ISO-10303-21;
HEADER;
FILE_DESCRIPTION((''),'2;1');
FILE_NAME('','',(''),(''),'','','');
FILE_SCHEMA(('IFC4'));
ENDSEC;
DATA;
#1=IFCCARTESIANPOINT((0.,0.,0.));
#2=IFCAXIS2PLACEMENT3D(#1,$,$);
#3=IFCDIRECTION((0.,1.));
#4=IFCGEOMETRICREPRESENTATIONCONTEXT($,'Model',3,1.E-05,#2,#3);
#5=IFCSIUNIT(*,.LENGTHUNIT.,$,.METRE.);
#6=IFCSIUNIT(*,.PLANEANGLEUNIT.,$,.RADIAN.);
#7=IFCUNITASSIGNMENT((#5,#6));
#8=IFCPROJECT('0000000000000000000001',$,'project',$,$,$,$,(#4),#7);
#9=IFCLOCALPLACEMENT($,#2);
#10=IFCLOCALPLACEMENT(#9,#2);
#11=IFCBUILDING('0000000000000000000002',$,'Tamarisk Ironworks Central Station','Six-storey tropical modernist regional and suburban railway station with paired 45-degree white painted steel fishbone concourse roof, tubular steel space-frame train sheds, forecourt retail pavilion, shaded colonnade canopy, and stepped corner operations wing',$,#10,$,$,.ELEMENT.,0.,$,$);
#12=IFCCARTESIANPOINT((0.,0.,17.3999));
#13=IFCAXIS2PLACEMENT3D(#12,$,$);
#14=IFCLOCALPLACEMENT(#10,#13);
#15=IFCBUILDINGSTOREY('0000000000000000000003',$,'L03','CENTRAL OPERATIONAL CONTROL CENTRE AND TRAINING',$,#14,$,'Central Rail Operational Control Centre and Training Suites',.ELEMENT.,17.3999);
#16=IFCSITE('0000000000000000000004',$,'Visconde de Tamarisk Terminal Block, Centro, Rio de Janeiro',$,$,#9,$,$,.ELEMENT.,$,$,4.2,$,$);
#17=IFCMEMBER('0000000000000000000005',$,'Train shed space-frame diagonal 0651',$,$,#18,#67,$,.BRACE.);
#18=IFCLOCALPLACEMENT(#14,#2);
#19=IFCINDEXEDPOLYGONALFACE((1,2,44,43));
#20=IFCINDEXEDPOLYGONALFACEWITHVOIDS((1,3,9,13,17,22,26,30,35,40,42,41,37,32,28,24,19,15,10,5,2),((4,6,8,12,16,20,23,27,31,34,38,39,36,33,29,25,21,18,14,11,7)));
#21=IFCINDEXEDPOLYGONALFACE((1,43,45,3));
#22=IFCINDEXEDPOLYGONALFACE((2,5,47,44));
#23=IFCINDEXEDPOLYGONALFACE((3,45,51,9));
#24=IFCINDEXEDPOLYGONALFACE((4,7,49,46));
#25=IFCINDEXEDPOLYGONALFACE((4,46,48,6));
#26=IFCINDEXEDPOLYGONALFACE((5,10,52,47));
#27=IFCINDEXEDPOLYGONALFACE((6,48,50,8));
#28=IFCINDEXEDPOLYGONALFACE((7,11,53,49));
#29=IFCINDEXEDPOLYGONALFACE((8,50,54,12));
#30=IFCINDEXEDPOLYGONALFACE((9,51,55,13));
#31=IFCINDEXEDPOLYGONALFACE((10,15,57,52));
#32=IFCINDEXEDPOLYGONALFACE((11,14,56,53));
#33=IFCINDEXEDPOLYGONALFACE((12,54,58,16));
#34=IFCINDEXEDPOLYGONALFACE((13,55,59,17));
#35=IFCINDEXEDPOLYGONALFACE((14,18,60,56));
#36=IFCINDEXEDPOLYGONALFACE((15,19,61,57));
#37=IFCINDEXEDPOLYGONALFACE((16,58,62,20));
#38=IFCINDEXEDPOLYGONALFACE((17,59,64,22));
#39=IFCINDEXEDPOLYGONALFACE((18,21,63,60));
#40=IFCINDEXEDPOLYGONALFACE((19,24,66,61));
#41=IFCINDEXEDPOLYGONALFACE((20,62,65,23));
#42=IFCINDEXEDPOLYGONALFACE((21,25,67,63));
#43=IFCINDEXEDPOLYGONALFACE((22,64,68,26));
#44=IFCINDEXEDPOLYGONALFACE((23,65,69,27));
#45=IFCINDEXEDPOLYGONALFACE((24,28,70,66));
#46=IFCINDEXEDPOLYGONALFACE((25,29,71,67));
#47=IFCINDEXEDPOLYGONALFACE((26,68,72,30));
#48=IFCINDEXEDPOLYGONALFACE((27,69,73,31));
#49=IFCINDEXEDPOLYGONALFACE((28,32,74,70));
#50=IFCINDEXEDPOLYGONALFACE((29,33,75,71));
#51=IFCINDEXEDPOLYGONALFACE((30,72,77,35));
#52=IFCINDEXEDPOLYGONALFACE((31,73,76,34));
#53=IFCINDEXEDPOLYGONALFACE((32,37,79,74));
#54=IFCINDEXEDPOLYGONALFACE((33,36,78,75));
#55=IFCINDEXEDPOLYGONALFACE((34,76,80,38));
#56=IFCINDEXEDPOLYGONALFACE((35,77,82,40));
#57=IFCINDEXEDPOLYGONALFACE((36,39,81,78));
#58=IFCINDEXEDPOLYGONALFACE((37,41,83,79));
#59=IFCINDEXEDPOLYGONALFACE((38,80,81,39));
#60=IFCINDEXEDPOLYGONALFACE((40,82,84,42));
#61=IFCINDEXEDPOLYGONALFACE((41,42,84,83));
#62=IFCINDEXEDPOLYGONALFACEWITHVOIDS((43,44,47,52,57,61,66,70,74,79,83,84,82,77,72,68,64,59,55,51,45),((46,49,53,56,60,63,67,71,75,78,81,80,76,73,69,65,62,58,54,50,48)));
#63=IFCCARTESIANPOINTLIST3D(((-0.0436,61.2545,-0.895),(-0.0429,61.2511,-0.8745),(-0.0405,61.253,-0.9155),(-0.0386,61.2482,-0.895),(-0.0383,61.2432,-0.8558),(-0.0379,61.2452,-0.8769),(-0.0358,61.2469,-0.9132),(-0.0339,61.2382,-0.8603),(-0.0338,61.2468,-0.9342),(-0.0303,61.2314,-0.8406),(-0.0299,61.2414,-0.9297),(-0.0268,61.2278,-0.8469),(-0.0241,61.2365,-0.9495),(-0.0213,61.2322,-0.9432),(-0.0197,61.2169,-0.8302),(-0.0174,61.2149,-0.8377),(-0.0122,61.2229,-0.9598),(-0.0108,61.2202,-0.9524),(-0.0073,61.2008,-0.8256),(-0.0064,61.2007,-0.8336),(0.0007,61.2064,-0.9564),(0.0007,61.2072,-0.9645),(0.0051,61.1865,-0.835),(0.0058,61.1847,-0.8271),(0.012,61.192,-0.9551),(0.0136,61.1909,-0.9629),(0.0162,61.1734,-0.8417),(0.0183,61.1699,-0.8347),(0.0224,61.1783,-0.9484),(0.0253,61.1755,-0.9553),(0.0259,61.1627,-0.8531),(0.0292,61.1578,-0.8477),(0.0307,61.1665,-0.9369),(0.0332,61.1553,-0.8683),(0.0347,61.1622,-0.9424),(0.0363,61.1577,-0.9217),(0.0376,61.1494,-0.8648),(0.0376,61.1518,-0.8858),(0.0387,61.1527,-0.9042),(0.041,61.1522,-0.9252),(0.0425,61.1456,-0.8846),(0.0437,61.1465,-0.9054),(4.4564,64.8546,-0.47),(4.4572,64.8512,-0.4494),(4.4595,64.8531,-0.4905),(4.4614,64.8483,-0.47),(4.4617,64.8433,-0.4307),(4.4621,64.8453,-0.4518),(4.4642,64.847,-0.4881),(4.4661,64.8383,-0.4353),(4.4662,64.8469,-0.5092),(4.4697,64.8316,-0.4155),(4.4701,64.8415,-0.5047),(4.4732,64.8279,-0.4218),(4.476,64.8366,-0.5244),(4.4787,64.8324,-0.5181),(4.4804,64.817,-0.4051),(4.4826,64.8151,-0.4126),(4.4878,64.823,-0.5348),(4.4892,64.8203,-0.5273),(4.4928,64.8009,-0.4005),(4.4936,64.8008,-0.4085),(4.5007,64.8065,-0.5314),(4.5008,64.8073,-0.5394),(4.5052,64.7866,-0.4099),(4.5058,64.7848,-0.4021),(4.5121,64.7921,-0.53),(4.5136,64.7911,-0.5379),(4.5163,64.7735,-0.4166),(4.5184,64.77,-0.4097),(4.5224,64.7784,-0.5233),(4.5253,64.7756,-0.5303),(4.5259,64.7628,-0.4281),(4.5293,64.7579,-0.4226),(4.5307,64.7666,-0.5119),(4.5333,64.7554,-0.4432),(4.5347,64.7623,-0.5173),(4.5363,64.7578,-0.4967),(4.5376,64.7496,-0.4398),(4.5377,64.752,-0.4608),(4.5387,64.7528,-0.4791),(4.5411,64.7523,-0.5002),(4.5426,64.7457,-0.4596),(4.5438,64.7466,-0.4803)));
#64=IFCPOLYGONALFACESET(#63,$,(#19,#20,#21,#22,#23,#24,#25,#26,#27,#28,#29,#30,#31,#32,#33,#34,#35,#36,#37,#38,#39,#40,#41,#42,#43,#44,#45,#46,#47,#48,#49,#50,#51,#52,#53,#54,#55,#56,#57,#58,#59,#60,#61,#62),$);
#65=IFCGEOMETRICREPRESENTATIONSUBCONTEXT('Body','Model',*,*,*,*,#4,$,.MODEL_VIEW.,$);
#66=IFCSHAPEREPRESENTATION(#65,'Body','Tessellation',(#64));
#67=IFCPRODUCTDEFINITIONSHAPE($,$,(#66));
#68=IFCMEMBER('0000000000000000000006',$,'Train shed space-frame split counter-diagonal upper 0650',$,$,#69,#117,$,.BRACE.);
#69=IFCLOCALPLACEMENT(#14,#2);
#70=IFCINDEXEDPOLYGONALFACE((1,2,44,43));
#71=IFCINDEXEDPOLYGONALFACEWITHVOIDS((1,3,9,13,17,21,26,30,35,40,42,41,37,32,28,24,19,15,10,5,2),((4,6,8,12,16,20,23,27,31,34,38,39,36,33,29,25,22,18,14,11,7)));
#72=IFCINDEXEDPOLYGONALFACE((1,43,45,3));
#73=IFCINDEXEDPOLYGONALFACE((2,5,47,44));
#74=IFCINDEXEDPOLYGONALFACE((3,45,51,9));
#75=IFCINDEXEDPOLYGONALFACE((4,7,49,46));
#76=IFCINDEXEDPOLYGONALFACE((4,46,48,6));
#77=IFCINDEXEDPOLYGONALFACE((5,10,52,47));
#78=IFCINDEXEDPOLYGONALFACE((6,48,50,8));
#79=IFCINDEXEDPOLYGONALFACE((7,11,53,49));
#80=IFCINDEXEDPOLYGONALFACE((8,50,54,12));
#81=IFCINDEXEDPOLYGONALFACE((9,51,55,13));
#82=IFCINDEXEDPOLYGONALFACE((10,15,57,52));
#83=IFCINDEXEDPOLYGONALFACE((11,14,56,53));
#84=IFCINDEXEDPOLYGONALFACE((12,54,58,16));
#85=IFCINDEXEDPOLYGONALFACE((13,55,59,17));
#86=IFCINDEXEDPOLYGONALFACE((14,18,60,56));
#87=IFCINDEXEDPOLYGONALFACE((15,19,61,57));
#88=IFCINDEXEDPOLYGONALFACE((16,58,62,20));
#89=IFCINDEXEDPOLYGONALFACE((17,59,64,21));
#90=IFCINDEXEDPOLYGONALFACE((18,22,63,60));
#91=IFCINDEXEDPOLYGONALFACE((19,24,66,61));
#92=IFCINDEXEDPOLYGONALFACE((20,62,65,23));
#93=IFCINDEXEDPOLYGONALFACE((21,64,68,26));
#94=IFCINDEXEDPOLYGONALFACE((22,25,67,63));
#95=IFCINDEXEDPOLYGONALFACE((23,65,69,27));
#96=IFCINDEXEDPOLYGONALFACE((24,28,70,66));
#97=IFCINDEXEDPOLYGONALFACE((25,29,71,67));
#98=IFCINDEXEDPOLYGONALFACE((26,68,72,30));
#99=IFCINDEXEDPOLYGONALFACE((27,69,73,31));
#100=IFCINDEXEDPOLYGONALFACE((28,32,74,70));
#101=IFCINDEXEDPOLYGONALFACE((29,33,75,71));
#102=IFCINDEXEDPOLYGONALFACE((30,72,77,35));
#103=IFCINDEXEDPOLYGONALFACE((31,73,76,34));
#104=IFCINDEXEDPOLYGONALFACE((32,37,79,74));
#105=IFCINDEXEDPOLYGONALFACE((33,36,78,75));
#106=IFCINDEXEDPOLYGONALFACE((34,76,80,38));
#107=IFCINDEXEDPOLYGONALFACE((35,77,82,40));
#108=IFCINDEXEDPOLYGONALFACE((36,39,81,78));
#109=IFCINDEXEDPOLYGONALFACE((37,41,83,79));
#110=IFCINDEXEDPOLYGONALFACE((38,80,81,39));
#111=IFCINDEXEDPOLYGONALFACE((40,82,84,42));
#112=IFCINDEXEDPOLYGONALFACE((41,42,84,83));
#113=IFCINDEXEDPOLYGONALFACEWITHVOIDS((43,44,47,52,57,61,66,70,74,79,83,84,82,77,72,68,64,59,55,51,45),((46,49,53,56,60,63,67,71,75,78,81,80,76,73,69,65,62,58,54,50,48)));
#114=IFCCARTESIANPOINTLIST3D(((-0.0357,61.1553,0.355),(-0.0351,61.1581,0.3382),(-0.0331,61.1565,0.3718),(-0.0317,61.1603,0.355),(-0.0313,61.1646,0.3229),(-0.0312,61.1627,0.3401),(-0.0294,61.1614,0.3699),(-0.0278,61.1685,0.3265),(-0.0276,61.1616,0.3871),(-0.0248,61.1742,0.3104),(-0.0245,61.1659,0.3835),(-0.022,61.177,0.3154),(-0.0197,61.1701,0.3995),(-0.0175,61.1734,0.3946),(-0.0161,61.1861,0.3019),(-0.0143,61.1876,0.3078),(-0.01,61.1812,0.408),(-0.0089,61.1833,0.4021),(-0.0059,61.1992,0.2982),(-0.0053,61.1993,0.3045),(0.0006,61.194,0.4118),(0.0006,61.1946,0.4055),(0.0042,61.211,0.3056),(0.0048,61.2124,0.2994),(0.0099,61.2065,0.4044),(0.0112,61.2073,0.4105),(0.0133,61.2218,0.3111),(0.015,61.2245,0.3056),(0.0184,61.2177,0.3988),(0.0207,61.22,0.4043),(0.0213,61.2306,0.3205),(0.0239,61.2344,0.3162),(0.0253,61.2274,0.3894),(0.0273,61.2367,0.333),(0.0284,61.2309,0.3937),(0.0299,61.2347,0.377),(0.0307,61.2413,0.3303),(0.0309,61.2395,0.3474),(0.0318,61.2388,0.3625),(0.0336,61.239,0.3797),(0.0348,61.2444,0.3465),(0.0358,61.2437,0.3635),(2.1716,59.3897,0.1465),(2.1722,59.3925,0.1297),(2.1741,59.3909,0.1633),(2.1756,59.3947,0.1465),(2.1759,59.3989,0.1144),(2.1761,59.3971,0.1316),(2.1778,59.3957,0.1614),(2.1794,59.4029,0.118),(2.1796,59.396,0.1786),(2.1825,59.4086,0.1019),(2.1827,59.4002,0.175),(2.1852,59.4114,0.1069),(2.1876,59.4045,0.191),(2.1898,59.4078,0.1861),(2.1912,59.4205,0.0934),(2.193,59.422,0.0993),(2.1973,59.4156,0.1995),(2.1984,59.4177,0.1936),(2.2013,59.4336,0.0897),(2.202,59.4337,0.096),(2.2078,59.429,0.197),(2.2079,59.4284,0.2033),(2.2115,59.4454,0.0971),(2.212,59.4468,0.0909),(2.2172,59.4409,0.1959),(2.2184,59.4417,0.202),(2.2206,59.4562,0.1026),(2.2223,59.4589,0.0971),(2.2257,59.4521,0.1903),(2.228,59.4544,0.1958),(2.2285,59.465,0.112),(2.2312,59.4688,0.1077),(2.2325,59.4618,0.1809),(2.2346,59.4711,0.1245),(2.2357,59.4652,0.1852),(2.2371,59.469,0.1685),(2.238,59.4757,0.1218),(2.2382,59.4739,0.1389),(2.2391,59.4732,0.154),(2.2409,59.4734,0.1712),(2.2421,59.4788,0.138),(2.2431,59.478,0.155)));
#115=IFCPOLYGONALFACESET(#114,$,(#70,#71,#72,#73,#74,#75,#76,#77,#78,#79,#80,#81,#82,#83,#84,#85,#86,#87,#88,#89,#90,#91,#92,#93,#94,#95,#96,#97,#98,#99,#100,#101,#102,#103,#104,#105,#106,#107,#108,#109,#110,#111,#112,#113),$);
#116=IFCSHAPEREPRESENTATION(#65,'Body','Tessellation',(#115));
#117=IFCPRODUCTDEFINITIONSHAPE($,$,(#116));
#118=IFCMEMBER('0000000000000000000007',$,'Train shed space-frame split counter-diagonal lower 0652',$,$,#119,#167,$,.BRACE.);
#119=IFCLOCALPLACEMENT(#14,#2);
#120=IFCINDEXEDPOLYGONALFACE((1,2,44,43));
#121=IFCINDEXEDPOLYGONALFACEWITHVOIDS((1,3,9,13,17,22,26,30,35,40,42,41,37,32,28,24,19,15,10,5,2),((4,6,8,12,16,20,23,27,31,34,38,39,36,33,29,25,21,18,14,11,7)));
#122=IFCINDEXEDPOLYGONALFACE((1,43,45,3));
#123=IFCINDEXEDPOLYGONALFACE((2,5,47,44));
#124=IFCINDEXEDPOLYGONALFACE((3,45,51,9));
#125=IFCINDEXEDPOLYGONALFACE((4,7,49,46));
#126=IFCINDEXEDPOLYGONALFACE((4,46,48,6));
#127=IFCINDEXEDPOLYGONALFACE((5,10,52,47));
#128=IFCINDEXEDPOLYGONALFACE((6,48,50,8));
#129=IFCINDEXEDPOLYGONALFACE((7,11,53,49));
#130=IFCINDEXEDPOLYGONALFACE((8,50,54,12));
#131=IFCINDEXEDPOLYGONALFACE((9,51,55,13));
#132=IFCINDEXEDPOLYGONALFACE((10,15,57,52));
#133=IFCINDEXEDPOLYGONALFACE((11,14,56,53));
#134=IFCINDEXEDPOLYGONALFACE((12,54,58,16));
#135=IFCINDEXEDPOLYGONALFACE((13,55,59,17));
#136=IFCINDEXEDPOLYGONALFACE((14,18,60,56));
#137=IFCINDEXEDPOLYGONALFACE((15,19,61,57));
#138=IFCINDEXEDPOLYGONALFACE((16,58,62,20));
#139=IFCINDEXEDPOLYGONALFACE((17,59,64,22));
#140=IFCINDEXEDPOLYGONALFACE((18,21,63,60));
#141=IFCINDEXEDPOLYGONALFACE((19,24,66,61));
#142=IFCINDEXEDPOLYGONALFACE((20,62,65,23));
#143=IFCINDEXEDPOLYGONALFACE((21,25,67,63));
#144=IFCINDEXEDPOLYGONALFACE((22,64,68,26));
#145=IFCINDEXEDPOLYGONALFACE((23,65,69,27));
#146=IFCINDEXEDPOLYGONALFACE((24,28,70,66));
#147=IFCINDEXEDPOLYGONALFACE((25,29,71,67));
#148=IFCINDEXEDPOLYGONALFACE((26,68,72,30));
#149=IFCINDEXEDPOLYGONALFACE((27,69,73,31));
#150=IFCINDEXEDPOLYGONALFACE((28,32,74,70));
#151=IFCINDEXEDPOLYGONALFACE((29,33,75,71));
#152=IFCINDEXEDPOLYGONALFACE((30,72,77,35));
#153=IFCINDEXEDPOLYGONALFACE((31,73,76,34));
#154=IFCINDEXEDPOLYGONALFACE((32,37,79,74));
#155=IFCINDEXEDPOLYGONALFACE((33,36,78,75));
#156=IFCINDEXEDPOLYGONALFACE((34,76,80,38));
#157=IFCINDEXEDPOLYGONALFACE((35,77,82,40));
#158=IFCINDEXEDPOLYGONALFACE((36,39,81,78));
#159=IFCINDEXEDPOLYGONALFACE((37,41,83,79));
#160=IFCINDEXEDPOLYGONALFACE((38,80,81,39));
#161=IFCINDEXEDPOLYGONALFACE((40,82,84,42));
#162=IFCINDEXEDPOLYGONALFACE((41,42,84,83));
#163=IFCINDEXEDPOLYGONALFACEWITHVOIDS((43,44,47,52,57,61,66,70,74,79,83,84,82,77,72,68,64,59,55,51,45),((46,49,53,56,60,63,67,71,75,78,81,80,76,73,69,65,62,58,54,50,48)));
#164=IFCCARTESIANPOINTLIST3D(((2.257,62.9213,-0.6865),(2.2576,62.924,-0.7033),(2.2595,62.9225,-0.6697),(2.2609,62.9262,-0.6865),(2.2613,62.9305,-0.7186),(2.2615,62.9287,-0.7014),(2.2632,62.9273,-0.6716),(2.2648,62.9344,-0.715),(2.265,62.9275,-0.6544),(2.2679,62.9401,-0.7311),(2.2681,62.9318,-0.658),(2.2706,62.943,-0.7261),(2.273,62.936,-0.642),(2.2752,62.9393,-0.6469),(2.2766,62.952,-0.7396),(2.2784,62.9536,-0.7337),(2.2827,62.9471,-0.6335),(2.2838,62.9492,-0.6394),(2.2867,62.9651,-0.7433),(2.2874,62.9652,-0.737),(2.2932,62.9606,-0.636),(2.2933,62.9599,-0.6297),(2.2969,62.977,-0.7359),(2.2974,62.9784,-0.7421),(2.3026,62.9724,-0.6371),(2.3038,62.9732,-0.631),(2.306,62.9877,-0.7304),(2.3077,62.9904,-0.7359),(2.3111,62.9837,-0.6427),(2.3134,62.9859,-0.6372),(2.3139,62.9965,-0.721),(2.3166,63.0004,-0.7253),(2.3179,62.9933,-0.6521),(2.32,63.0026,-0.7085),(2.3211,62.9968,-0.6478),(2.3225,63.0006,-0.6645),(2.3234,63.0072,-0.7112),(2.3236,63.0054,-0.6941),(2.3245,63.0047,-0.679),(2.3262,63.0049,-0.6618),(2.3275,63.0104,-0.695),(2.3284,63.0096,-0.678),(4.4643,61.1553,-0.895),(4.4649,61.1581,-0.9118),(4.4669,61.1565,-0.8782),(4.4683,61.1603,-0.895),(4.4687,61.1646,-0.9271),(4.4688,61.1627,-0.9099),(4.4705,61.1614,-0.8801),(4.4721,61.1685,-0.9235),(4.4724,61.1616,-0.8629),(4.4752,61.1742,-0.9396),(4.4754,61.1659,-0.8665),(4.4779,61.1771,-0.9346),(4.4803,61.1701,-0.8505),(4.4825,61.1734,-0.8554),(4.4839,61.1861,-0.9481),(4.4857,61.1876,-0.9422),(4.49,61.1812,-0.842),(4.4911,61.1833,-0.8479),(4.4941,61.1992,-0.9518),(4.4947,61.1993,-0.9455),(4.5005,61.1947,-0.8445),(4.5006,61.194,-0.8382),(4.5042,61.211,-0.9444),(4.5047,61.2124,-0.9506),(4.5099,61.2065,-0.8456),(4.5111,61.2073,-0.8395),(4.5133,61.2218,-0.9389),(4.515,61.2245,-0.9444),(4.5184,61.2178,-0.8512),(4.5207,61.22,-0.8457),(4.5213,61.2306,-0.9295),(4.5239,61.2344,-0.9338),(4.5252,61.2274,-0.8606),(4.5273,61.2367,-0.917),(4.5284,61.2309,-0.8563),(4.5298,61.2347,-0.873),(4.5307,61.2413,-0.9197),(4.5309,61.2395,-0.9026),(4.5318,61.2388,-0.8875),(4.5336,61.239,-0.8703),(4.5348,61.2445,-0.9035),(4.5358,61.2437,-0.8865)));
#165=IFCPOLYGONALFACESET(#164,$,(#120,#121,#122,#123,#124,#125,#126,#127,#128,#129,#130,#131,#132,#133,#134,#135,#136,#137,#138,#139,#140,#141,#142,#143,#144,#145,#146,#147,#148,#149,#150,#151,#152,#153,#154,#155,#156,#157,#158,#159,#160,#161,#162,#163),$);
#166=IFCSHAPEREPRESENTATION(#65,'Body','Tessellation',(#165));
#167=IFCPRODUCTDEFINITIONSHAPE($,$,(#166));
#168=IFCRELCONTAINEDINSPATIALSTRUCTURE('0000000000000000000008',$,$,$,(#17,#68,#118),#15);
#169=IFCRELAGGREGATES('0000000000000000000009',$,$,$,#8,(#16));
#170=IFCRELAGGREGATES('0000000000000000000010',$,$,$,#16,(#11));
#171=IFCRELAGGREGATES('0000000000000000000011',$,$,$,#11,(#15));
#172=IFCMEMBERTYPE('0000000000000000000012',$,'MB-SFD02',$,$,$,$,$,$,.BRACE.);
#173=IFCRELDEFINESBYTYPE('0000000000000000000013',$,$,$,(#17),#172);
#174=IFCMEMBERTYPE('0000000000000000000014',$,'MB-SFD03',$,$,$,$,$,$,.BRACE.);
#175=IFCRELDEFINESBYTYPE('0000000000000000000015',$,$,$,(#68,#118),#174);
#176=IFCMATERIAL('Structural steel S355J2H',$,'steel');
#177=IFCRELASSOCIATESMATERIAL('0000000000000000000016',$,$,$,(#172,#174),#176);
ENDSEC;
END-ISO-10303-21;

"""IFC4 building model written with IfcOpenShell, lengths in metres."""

from ifc_helpers import new_model, si_unit, direction, frame, origin, origin_2d, place, context, subcontext, project, spatial, hollow_circle, extrude, material, material_profile, profile_set, type_object, element, save


model = new_model("IFC4")

# Units and contexts
model_context = context("Model", 3, precision=1e-05, world=origin(), true_north=direction((0.0, 1.0)))
body_context = subcontext(model_context, "Body", "Model", "MODEL_VIEW")
ifc_project = project(units=[si_unit("LENGTHUNIT", "METRE"), si_unit("PLANEANGLEUNIT", "RADIAN")], contexts=[model_context])

# Site, building, storey
site_placement = place(None, origin())
site = spatial("IfcSite", under=ifc_project, at=site_placement, Name="Visconde de Tamarisk Terminal Block, Centro, Rio de Janeiro", CompositionType="ELEMENT", RefElevation=4.2)
building_placement = place(site_placement, origin())
building = spatial("IfcBuilding", under=site, at=building_placement, Name="Tamarisk Ironworks Central Station", Description="Six-storey tropical modernist regional and suburban railway station with paired 45-degree white painted steel fishbone concourse roof, tubular steel space-frame train sheds, forecourt retail pavilion, shaded colonnade canopy, and stepped corner operations wing", CompositionType="ELEMENT", ElevationOfRefHeight=0.0)
storey_placement = place(building_placement, frame((0.0, 0.0, 17.3999)))
storey = spatial("IfcBuildingStorey", under=building, at=storey_placement, Name="L03", Description="CENTRAL OPERATIONAL CONTROL CENTRE AND TRAINING", LongName="Central Rail Operational Control Centre and Training Suites", CompositionType="ELEMENT", Elevation=17.3999)

# Members
ifc_material_1 = material(Name="Structural steel S355J2H", Category="steel")
ifc_material_profile_1 = material_profile(ifc_material_1, hollow_circle(Radius=0.0698, WallThickness=0.0081, at=origin_2d()), Name="CHS 139.7x8")
ifc_profile_set_1 = profile_set([ifc_material_profile_1], Name="Structural steel S355J2H")
member_type_1 = type_object("IfcMemberType", Name="MB-SFD02", PredefinedType="BRACE", material=ifc_profile_set_1)
member_1_placement = place(storey_placement, frame((0.0, 61.2, -0.895), z_axis=(0.778745, 0.623013, 0.073557), x_axis=(-0.624705, 0.780861, 0.0)))
element("IfcMember", 1, at=member_1_placement, inside=storey, type_object=member_type_1, Name="Train shed space-frame diagonal 0651", PredefinedType="BRACE", context=body_context, shape_type="SweptSolid", body=[
    extrude(hollow_circle(Radius=0.0698, WallThickness=0.0081, at=origin_2d()), origin(), (0.0, 0.0, 1.0), 5.7786),
])
ifc_material_profile_2 = material_profile(ifc_material_1, hollow_circle(Radius=0.0571, WallThickness=0.0063, at=origin_2d()), Name="CHS 114.3x6.3")
ifc_profile_set_2 = profile_set([ifc_material_profile_2], Name="Structural steel S355J2H")
member_type_2 = type_object("IfcMemberType", Name="MB-SFD03", PredefinedType="BRACE", material=ifc_profile_set_2)
member_2_placement = place(storey_placement, frame((2.2073, 59.4343, 0.1465), z_axis=(-0.778787, 0.62296, 0.073563), x_axis=(-0.624653, -0.780903, 0.0)))
element("IfcMember", 2, at=member_2_placement, inside=storey, type_object=member_type_2, Name="Train shed space-frame split counter-diagonal upper 0650", PredefinedType="BRACE", context=body_context, shape_type="SweptSolid", body=[
    extrude(hollow_circle(Radius=0.0571, WallThickness=0.0063, at=origin_2d()), origin(), (0.0, 0.0, 1.0), 2.8342),
])
for number, where, z_axis, x_axis, name in (
    (3, (4.5, 61.2, -0.895), (-0.778745, 0.623013, 0.073559), (-0.624706, -0.78086, 0.0), "Train shed space-frame split counter-diagonal lower 0652"),
):
    element("IfcMember", number, at=place(storey_placement, frame(where, z_axis=z_axis, x_axis=x_axis)), inside=storey, type_object=member_type_2, Name=name, PredefinedType="BRACE", context=body_context, shape_type="SweptSolid", body=[
        extrude(hollow_circle(Radius=0.0571, WallThickness=0.0063, at=origin_2d()), origin(), (0.0, 0.0, 1.0), 2.8345),
    ])

save(model, "model.ifc")
